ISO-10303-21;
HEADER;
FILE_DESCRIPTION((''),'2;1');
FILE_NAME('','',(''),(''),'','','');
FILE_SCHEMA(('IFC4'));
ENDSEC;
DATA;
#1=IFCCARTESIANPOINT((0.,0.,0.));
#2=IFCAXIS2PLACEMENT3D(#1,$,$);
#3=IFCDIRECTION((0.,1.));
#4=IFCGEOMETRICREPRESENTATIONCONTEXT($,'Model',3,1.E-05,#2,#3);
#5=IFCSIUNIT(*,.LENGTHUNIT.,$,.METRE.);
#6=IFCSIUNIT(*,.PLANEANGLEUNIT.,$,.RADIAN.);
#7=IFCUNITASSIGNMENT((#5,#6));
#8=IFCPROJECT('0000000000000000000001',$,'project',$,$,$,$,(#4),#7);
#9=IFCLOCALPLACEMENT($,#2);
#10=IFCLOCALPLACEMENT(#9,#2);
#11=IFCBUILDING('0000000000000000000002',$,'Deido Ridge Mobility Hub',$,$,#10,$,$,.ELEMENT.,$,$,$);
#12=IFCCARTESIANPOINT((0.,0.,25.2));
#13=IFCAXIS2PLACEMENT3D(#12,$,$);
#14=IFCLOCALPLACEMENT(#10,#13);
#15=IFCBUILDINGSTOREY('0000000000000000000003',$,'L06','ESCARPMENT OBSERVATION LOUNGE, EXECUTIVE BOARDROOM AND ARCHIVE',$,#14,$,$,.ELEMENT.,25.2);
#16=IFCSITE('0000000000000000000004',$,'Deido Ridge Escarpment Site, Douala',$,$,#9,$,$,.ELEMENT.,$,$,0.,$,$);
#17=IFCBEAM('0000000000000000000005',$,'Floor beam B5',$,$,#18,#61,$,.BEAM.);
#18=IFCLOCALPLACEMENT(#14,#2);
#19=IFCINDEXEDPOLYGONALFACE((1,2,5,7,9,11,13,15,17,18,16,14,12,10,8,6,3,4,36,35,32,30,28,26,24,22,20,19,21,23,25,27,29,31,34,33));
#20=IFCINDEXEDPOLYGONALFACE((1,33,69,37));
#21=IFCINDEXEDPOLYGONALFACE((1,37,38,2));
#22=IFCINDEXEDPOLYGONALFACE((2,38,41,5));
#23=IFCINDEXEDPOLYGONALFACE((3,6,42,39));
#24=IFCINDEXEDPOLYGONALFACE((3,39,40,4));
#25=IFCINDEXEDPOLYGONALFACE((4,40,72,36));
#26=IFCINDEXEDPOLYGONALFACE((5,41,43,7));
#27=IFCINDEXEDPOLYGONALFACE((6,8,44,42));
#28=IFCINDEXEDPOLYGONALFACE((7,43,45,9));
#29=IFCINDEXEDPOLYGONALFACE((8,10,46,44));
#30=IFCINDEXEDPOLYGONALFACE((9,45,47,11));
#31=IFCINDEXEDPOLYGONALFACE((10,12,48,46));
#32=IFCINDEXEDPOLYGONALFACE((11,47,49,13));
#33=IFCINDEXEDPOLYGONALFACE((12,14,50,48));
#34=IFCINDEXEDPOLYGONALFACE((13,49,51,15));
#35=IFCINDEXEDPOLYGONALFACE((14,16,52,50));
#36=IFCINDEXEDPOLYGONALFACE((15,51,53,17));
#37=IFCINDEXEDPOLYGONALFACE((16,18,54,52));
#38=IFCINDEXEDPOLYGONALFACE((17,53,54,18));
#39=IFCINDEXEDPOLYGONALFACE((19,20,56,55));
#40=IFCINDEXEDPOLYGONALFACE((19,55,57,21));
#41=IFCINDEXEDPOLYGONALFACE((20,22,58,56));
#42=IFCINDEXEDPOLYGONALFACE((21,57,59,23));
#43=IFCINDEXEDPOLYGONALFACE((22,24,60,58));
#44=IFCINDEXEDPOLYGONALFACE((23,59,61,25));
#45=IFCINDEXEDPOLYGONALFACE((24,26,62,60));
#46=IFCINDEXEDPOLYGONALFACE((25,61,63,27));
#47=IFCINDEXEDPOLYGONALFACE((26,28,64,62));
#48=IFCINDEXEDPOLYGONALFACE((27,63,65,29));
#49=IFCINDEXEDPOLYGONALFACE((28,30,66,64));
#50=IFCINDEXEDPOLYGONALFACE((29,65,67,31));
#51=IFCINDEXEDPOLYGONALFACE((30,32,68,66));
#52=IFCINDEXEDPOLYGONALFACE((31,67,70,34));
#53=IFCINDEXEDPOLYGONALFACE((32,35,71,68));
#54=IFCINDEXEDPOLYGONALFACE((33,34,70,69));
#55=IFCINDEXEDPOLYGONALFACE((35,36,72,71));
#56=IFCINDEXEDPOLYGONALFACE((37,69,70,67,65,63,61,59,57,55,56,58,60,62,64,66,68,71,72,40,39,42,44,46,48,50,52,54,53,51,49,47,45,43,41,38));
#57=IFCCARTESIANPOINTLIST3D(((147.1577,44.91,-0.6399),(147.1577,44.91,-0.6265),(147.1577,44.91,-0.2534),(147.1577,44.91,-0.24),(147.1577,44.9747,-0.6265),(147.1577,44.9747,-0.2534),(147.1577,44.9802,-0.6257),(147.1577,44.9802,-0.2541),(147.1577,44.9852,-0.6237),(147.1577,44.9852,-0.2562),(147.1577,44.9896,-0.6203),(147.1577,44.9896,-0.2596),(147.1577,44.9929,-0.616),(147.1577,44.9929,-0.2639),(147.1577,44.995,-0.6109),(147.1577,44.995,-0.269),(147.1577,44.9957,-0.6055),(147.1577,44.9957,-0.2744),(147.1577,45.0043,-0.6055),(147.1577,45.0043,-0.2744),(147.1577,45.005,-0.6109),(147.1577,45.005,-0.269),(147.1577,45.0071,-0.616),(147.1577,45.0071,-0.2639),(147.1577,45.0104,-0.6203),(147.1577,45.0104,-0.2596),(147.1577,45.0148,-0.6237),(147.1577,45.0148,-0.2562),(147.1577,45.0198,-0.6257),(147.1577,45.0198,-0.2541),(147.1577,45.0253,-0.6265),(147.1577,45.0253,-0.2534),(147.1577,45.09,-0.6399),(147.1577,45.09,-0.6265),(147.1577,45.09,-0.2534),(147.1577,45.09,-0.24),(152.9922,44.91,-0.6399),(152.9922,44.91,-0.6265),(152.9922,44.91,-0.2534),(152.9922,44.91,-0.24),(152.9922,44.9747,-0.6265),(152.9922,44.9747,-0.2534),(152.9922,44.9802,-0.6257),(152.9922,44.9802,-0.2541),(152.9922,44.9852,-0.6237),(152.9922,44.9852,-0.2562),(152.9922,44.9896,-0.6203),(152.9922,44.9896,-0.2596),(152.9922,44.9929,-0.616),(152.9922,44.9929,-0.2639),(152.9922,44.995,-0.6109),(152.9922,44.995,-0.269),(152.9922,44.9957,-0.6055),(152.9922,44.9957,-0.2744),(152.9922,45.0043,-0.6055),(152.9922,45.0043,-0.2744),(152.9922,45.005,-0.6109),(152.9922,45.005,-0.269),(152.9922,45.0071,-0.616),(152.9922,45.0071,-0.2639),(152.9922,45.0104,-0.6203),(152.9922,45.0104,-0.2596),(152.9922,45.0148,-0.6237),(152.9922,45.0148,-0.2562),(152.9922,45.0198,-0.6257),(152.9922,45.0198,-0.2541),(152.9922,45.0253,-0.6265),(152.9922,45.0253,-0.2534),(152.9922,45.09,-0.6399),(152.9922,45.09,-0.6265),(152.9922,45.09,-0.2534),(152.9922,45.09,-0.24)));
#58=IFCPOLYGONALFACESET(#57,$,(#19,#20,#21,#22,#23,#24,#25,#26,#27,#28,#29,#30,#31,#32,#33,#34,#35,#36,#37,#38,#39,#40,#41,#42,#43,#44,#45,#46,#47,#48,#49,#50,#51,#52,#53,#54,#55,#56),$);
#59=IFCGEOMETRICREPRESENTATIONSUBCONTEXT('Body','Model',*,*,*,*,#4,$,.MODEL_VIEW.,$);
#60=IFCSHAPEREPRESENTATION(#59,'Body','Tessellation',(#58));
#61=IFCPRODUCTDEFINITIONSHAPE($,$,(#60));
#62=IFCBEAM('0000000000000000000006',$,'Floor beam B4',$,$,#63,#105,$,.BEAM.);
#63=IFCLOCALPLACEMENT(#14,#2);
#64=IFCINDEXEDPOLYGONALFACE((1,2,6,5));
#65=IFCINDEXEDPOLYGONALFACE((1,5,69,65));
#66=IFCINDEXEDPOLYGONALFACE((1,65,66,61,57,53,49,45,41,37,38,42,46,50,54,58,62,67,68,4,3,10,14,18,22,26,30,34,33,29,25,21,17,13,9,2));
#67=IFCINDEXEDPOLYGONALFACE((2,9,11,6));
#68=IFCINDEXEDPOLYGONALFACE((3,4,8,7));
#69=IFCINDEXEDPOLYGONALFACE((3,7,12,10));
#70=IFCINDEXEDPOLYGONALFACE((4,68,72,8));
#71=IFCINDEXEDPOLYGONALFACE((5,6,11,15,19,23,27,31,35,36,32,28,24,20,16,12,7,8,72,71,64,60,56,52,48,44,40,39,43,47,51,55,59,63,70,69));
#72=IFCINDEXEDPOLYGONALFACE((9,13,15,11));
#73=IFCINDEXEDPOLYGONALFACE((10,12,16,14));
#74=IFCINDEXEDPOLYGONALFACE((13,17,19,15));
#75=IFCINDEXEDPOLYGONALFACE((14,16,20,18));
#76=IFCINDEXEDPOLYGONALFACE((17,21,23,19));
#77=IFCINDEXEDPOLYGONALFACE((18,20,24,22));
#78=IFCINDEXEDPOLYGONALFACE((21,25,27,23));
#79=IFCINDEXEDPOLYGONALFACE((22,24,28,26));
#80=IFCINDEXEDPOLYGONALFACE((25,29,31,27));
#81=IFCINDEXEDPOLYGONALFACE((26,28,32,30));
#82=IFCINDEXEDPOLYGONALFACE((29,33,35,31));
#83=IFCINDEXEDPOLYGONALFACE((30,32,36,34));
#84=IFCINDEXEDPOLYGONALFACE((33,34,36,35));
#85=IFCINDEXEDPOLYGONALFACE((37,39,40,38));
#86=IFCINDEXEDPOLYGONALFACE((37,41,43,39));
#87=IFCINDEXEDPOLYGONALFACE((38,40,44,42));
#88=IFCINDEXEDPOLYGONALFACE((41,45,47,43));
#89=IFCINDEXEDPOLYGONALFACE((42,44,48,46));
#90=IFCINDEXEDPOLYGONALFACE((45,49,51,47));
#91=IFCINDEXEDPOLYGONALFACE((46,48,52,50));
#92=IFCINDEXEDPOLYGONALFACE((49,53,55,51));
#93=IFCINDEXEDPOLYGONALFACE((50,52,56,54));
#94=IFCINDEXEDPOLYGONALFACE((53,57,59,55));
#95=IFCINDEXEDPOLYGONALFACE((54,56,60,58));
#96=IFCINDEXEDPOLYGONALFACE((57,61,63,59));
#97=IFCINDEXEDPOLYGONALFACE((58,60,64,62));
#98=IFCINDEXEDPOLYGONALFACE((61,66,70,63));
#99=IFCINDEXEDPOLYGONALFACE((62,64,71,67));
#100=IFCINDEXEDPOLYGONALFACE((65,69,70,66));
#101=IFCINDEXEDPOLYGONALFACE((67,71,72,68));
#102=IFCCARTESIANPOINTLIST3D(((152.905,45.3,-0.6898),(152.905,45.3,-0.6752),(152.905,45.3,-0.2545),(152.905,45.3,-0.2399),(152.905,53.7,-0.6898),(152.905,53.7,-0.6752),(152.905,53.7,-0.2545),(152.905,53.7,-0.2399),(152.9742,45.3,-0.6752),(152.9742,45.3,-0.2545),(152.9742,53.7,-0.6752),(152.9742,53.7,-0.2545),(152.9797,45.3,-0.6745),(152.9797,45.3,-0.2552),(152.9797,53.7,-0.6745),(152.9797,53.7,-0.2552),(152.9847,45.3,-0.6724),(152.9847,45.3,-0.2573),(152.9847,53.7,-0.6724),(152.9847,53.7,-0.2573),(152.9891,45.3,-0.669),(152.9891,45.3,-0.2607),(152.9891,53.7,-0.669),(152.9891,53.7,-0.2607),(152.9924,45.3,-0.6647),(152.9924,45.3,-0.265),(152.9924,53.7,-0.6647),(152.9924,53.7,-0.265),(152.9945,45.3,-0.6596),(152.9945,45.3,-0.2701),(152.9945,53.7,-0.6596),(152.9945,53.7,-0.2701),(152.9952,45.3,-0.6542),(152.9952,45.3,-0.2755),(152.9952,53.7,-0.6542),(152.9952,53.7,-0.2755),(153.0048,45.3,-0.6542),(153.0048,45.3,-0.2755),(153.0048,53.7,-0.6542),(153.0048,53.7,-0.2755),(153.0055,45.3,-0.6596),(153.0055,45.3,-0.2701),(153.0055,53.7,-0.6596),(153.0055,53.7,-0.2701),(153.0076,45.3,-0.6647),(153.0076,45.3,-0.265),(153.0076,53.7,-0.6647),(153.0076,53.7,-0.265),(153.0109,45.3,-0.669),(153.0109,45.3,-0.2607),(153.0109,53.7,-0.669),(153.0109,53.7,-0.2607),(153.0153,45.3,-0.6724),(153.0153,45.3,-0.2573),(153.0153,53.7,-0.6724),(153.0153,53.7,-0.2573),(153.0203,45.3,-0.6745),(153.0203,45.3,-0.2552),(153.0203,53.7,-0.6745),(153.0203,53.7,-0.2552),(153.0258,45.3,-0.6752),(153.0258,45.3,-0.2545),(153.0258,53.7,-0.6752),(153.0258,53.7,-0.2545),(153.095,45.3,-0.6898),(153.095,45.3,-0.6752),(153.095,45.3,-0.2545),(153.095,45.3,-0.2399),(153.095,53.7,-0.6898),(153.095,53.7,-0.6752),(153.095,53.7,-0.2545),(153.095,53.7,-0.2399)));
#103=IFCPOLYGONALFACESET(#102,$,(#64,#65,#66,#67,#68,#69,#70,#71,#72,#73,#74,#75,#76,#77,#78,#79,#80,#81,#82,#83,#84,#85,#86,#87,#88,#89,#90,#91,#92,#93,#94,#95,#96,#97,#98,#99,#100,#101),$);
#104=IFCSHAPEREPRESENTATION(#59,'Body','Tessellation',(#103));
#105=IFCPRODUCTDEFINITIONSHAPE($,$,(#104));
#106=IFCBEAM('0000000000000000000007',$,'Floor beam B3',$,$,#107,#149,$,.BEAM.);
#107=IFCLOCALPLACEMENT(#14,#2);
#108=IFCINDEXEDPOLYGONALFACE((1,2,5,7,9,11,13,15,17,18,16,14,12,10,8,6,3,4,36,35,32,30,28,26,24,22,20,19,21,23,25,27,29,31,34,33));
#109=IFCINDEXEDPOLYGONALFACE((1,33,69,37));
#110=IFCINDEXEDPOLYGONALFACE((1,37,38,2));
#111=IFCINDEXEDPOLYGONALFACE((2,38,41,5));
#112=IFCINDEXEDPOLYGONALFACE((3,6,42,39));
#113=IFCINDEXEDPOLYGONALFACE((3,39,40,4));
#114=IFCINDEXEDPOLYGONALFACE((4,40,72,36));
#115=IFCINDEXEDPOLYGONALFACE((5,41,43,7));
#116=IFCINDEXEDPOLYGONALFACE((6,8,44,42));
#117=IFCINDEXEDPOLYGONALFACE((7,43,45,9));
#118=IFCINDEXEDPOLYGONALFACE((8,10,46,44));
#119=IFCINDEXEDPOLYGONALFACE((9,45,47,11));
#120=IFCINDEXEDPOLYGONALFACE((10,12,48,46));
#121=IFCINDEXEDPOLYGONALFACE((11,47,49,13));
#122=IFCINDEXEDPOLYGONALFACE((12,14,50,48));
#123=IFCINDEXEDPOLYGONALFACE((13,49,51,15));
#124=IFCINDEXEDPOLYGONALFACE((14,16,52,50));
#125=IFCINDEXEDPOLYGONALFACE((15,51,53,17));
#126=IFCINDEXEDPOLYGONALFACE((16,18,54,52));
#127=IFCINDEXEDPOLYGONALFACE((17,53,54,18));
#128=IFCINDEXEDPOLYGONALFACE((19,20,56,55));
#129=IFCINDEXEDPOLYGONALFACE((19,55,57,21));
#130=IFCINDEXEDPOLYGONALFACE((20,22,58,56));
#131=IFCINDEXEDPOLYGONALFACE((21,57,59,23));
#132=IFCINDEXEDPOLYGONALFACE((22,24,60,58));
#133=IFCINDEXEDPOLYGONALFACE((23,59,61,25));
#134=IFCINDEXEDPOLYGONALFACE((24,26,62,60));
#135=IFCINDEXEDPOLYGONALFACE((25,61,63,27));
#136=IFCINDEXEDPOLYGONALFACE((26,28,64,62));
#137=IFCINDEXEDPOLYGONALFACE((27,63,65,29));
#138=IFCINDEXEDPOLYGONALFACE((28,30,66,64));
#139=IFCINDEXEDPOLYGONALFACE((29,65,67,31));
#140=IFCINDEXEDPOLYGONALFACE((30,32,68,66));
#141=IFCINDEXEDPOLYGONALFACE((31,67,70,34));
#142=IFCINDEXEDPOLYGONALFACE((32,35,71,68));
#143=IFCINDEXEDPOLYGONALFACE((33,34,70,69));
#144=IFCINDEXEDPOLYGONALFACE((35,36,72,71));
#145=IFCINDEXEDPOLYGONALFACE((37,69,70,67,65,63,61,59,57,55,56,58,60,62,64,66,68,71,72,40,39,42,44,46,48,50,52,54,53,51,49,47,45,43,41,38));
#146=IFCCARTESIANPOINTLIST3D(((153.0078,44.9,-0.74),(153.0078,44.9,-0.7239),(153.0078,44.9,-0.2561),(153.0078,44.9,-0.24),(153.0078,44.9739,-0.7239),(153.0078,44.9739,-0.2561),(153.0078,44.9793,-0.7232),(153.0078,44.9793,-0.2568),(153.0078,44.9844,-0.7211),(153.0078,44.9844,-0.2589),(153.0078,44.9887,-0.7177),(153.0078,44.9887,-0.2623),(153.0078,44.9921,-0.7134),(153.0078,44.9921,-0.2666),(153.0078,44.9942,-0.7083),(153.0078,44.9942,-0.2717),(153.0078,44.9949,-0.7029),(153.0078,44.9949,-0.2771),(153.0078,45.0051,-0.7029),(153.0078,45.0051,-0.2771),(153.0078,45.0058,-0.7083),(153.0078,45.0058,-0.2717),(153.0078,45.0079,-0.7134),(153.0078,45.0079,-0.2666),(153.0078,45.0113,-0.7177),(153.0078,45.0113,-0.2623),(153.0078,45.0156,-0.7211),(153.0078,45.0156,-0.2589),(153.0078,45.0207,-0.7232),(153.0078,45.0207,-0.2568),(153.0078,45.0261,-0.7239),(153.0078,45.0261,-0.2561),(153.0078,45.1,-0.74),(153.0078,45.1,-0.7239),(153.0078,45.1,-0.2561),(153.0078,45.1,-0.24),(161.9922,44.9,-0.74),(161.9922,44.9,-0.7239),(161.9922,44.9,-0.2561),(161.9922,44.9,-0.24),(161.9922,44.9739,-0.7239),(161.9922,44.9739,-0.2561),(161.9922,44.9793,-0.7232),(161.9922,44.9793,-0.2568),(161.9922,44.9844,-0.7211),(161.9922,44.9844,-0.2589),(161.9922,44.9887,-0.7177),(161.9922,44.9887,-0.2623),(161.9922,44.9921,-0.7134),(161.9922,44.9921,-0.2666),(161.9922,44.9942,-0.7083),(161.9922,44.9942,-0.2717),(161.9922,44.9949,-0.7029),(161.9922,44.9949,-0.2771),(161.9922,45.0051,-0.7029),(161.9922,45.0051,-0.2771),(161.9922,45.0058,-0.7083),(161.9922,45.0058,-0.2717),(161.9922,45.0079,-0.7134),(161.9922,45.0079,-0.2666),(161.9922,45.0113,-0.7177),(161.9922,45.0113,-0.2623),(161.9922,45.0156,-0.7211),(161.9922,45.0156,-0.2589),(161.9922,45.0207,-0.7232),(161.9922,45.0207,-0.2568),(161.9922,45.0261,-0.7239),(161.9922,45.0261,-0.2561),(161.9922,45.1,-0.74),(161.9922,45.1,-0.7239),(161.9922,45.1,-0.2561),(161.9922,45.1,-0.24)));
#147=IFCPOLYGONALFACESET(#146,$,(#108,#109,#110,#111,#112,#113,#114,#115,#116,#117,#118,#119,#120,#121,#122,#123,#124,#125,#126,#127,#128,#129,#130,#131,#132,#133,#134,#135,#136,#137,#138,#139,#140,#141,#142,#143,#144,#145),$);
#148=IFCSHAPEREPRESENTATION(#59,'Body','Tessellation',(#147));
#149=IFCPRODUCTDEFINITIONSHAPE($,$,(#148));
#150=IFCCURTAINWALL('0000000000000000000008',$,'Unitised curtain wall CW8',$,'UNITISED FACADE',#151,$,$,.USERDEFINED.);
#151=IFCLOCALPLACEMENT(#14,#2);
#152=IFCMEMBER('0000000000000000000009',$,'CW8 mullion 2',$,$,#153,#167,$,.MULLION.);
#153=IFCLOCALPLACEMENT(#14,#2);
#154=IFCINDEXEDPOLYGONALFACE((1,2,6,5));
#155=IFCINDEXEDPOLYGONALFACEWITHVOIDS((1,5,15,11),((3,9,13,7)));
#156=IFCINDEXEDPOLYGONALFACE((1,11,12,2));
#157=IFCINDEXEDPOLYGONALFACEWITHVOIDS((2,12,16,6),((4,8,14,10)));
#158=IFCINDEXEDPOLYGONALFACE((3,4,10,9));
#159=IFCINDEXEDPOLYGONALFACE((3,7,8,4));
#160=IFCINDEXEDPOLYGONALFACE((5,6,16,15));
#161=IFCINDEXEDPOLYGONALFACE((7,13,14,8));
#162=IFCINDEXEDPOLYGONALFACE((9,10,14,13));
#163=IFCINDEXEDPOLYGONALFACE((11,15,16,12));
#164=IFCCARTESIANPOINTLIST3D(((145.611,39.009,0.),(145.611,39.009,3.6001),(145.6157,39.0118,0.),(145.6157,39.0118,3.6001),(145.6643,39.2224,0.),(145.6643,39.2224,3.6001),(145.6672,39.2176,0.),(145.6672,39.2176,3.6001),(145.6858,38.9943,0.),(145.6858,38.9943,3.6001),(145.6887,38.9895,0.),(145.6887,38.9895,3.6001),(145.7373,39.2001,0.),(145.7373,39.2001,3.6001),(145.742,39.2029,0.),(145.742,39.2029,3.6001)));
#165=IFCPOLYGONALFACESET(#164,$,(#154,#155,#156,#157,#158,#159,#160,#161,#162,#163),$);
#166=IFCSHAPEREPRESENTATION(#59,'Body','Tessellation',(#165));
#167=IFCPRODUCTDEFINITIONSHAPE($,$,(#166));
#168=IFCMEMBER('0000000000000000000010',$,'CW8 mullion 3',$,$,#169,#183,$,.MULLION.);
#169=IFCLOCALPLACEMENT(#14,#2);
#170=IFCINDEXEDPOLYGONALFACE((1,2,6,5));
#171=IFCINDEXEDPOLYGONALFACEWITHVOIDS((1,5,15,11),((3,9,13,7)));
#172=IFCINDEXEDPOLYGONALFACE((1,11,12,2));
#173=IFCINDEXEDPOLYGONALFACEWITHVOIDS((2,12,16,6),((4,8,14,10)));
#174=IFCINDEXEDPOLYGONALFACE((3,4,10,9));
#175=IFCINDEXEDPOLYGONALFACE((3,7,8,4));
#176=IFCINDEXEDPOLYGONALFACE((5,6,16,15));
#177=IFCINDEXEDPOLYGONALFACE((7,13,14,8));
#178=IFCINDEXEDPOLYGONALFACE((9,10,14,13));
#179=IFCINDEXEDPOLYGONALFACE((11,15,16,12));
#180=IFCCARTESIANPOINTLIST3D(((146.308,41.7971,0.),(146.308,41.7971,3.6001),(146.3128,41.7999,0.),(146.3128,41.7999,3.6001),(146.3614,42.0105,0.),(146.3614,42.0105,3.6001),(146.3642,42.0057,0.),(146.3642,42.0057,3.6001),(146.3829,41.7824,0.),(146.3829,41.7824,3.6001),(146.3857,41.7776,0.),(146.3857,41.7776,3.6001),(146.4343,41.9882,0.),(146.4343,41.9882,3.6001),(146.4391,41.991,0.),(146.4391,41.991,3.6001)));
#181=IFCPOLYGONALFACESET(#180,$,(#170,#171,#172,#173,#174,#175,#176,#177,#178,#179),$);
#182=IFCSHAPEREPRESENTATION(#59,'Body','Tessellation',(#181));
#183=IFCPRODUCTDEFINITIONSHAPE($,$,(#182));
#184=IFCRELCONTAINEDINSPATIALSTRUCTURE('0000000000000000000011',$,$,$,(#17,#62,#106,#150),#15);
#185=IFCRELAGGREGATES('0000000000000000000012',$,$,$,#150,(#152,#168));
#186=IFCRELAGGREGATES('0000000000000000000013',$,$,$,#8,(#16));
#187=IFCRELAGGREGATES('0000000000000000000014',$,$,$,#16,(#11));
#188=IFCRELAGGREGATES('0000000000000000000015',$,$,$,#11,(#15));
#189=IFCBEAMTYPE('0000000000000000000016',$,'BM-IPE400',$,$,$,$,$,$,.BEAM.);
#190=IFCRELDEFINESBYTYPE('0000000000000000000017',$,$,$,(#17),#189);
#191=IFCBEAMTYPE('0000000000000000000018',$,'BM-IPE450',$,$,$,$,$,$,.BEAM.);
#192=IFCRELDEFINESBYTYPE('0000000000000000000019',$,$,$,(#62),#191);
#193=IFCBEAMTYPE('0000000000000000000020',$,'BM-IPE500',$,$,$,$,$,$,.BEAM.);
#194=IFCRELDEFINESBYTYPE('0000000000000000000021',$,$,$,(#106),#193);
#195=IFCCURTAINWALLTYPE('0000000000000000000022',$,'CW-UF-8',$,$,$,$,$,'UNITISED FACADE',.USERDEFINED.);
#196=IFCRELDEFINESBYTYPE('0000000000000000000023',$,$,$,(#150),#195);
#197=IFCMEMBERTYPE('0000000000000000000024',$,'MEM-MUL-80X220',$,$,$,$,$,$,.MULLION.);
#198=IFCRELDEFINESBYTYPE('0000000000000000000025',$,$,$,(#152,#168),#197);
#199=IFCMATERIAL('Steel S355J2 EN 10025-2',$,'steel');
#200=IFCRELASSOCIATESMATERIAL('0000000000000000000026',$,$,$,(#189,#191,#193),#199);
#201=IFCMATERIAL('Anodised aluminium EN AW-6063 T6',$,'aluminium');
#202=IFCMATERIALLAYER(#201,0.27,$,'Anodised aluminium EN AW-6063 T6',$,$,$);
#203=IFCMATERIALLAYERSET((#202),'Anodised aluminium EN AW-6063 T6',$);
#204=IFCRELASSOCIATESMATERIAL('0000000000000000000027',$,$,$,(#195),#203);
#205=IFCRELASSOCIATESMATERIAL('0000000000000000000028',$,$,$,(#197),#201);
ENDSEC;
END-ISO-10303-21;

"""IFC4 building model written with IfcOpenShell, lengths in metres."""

from ifc_helpers import new_model, si_unit, direction, frame, origin, origin_2d, place, context, subcontext, project, spatial, hollow_rectangle, i_section, extrude, material, layer, layer_set, material_profile, profile_set, type_object, element, aggregate, save


model = new_model("IFC4")

# Units and contexts
model_context = context("Model", 3, precision=1e-05, world=origin(), true_north=direction((0.0, 1.0)))
body_context = subcontext(model_context, "Body", "Model", "MODEL_VIEW")
ifc_project = project(units=[si_unit("LENGTHUNIT", "METRE"), si_unit("PLANEANGLEUNIT", "RADIAN")], contexts=[model_context])

# Site, building, storey
site_placement = place(None, origin())
site = spatial("IfcSite", under=ifc_project, at=site_placement, Name="Deido Ridge Escarpment Site, Douala", CompositionType="ELEMENT", RefElevation=0.0)
building_placement = place(site_placement, origin())
building = spatial("IfcBuilding", under=site, at=building_placement, Name="Deido Ridge Mobility Hub", CompositionType="ELEMENT")
storey_placement = place(building_placement, frame((0.0, 0.0, 25.2)))
storey = spatial("IfcBuildingStorey", under=building, at=storey_placement, Name="L06", Description="ESCARPMENT OBSERVATION LOUNGE, EXECUTIVE BOARDROOM AND ARCHIVE", CompositionType="ELEMENT", Elevation=25.2)

# Shared definitions
ifc_material_1 = material(Name="Steel S355J2 EN 10025-2", Category="steel")

# Beams
ifc_material_profile_1 = material_profile(ifc_material_1, i_section(OverallWidth=0.1799, OverallDepth=0.3999, WebThickness=0.0085, FlangeThickness=0.0134, FilletRadius=0.021, at=origin_2d()), Name="IPE 400")
ifc_profile_set_1 = profile_set([ifc_material_profile_1], Name="Steel S355J2 EN 10025-2")
beam_type_1 = type_object("IfcBeamType", Name="BM-IPE400", PredefinedType="BEAM", material=ifc_profile_set_1)
beam_1_placement = place(storey_placement, frame((147.1577, 45.0, -0.4399), z_axis=(1.0, 0.0, 0.0), x_axis=(0.0, 1.0, 0.0)))
element("IfcBeam", 1, at=beam_1_placement, inside=storey, type_object=beam_type_1, Name="Floor beam B5", PredefinedType="BEAM", context=body_context, shape_type="SweptSolid", body=[
    extrude(i_section(OverallWidth=0.1799, OverallDepth=0.3999, WebThickness=0.0085, FlangeThickness=0.0134, FilletRadius=0.021, at=origin_2d()), origin(), (0.0, 0.0, 1.0), 5.8345),
])
ifc_material_profile_2 = material_profile(ifc_material_1, i_section(OverallWidth=0.1899, OverallDepth=0.45, WebThickness=0.0095, FlangeThickness=0.0146, FilletRadius=0.021, at=origin_2d()), Name="IPE 450")
ifc_profile_set_2 = profile_set([ifc_material_profile_2], Name="Steel S355J2 EN 10025-2")
beam_type_2 = type_object("IfcBeamType", Name="BM-IPE450", PredefinedType="BEAM", material=ifc_profile_set_2)
beam_2_placement = place(storey_placement, frame((153.0, 45.3, -0.4648), z_axis=(0.0, 1.0, 0.0), x_axis=(-1.0, 0.0, 0.0)))
element("IfcBeam", 2, at=beam_2_placement, inside=storey, type_object=beam_type_2, Name="Floor beam B4", PredefinedType="BEAM", context=body_context, shape_type="SweptSolid", body=[
    extrude(i_section(OverallWidth=0.1899, OverallDepth=0.45, WebThickness=0.0095, FlangeThickness=0.0146, FilletRadius=0.021, at=origin_2d()), origin(), (0.0, 0.0, 1.0), 8.3999),
])
ifc_material_profile_3 = material_profile(ifc_material_1, i_section(OverallWidth=0.2, OverallDepth=0.5, WebThickness=0.0103, FlangeThickness=0.0161, FilletRadius=0.021, at=origin_2d()), Name="IPE 500")
ifc_profile_set_3 = profile_set([ifc_material_profile_3], Name="Steel S355J2 EN 10025-2")
beam_type_3 = type_object("IfcBeamType", Name="BM-IPE500", PredefinedType="BEAM", material=ifc_profile_set_3)
beam_3_placement = place(storey_placement, frame((153.0078, 45.0, -0.49), z_axis=(1.0, 0.0, 0.0), x_axis=(0.0, 1.0, 0.0)))
element("IfcBeam", 3, at=beam_3_placement, inside=storey, type_object=beam_type_3, Name="Floor beam B3", PredefinedType="BEAM", context=body_context, shape_type="SweptSolid", body=[
    extrude(i_section(OverallWidth=0.2, OverallDepth=0.5, WebThickness=0.0103, FlangeThickness=0.0161, FilletRadius=0.021, at=origin_2d()), origin(), (0.0, 0.0, 1.0), 8.9844),
])

# Curtain wall, members
ifc_material_2 = material(Name="Anodised aluminium EN AW-6063 T6", Category="aluminium")
ifc_layer_1 = layer(ifc_material_2, 0.27, Name="Anodised aluminium EN AW-6063 T6")
ifc_layer_set_1 = layer_set([ifc_layer_1], Name="Anodised aluminium EN AW-6063 T6")
curtain_wall_type = type_object("IfcCurtainWallType", Name="CW-UF-8", ElementType="UNITISED FACADE", PredefinedType="USERDEFINED", material=ifc_layer_set_1)
curtain_wall_placement = place(storey_placement, origin())
curtain_wall = element("IfcCurtainWall", 4, at=curtain_wall_placement, inside=storey, type_object=curtain_wall_type, Name="Unitised curtain wall CW8", ObjectType="UNITISED FACADE", PredefinedType="USERDEFINED")
ifc_material_profile_4 = material_profile(ifc_material_2, hollow_rectangle(XDim=0.0801, YDim=0.22, WallThickness=0.0039, at=origin_2d()), Name="RHS 80x220x4")
ifc_profile_set_4 = profile_set([ifc_material_profile_4], Name="Anodised aluminium EN AW-6063 T6")
member_type_1 = type_object("IfcMemberType", Name="MEM-MUL-80X220", PredefinedType="MULLION", material=ifc_profile_set_4)
member_1_placement = place(storey_placement, frame((145.6765, 39.106, 0.0), z_axis=(0.0, 0.0, 1.0), x_axis=(-0.970143, 0.242536, 0.0)))
member_1 = element("IfcMember", 5, at=member_1_placement, type_object=member_type_1, Name="CW8 mullion 2", PredefinedType="MULLION", context=body_context, shape_type="SweptSolid", body=[
    extrude(hollow_rectangle(XDim=0.0801, YDim=0.22, WallThickness=0.0039, at=origin_2d()), origin(), (0.0, 0.0, 1.0), 3.6001),
])
member_2_placement = place(storey_placement, frame((146.3735, 41.894, 0.0), z_axis=(0.0, 0.0, 1.0), x_axis=(-0.970143, 0.242536, 0.0)))
member_2 = element("IfcMember", 6, at=member_2_placement, type_object=member_type_1, Name="CW8 mullion 3", PredefinedType="MULLION", context=body_context, shape_type="SweptSolid", body=[
    extrude(hollow_rectangle(XDim=0.0801, YDim=0.22, WallThickness=0.0039, at=origin_2d()), origin(), (0.0, 0.0, 1.0), 3.6001),
])

aggregate(curtain_wall, [member_1, member_2])

save(model, "model.ifc")
